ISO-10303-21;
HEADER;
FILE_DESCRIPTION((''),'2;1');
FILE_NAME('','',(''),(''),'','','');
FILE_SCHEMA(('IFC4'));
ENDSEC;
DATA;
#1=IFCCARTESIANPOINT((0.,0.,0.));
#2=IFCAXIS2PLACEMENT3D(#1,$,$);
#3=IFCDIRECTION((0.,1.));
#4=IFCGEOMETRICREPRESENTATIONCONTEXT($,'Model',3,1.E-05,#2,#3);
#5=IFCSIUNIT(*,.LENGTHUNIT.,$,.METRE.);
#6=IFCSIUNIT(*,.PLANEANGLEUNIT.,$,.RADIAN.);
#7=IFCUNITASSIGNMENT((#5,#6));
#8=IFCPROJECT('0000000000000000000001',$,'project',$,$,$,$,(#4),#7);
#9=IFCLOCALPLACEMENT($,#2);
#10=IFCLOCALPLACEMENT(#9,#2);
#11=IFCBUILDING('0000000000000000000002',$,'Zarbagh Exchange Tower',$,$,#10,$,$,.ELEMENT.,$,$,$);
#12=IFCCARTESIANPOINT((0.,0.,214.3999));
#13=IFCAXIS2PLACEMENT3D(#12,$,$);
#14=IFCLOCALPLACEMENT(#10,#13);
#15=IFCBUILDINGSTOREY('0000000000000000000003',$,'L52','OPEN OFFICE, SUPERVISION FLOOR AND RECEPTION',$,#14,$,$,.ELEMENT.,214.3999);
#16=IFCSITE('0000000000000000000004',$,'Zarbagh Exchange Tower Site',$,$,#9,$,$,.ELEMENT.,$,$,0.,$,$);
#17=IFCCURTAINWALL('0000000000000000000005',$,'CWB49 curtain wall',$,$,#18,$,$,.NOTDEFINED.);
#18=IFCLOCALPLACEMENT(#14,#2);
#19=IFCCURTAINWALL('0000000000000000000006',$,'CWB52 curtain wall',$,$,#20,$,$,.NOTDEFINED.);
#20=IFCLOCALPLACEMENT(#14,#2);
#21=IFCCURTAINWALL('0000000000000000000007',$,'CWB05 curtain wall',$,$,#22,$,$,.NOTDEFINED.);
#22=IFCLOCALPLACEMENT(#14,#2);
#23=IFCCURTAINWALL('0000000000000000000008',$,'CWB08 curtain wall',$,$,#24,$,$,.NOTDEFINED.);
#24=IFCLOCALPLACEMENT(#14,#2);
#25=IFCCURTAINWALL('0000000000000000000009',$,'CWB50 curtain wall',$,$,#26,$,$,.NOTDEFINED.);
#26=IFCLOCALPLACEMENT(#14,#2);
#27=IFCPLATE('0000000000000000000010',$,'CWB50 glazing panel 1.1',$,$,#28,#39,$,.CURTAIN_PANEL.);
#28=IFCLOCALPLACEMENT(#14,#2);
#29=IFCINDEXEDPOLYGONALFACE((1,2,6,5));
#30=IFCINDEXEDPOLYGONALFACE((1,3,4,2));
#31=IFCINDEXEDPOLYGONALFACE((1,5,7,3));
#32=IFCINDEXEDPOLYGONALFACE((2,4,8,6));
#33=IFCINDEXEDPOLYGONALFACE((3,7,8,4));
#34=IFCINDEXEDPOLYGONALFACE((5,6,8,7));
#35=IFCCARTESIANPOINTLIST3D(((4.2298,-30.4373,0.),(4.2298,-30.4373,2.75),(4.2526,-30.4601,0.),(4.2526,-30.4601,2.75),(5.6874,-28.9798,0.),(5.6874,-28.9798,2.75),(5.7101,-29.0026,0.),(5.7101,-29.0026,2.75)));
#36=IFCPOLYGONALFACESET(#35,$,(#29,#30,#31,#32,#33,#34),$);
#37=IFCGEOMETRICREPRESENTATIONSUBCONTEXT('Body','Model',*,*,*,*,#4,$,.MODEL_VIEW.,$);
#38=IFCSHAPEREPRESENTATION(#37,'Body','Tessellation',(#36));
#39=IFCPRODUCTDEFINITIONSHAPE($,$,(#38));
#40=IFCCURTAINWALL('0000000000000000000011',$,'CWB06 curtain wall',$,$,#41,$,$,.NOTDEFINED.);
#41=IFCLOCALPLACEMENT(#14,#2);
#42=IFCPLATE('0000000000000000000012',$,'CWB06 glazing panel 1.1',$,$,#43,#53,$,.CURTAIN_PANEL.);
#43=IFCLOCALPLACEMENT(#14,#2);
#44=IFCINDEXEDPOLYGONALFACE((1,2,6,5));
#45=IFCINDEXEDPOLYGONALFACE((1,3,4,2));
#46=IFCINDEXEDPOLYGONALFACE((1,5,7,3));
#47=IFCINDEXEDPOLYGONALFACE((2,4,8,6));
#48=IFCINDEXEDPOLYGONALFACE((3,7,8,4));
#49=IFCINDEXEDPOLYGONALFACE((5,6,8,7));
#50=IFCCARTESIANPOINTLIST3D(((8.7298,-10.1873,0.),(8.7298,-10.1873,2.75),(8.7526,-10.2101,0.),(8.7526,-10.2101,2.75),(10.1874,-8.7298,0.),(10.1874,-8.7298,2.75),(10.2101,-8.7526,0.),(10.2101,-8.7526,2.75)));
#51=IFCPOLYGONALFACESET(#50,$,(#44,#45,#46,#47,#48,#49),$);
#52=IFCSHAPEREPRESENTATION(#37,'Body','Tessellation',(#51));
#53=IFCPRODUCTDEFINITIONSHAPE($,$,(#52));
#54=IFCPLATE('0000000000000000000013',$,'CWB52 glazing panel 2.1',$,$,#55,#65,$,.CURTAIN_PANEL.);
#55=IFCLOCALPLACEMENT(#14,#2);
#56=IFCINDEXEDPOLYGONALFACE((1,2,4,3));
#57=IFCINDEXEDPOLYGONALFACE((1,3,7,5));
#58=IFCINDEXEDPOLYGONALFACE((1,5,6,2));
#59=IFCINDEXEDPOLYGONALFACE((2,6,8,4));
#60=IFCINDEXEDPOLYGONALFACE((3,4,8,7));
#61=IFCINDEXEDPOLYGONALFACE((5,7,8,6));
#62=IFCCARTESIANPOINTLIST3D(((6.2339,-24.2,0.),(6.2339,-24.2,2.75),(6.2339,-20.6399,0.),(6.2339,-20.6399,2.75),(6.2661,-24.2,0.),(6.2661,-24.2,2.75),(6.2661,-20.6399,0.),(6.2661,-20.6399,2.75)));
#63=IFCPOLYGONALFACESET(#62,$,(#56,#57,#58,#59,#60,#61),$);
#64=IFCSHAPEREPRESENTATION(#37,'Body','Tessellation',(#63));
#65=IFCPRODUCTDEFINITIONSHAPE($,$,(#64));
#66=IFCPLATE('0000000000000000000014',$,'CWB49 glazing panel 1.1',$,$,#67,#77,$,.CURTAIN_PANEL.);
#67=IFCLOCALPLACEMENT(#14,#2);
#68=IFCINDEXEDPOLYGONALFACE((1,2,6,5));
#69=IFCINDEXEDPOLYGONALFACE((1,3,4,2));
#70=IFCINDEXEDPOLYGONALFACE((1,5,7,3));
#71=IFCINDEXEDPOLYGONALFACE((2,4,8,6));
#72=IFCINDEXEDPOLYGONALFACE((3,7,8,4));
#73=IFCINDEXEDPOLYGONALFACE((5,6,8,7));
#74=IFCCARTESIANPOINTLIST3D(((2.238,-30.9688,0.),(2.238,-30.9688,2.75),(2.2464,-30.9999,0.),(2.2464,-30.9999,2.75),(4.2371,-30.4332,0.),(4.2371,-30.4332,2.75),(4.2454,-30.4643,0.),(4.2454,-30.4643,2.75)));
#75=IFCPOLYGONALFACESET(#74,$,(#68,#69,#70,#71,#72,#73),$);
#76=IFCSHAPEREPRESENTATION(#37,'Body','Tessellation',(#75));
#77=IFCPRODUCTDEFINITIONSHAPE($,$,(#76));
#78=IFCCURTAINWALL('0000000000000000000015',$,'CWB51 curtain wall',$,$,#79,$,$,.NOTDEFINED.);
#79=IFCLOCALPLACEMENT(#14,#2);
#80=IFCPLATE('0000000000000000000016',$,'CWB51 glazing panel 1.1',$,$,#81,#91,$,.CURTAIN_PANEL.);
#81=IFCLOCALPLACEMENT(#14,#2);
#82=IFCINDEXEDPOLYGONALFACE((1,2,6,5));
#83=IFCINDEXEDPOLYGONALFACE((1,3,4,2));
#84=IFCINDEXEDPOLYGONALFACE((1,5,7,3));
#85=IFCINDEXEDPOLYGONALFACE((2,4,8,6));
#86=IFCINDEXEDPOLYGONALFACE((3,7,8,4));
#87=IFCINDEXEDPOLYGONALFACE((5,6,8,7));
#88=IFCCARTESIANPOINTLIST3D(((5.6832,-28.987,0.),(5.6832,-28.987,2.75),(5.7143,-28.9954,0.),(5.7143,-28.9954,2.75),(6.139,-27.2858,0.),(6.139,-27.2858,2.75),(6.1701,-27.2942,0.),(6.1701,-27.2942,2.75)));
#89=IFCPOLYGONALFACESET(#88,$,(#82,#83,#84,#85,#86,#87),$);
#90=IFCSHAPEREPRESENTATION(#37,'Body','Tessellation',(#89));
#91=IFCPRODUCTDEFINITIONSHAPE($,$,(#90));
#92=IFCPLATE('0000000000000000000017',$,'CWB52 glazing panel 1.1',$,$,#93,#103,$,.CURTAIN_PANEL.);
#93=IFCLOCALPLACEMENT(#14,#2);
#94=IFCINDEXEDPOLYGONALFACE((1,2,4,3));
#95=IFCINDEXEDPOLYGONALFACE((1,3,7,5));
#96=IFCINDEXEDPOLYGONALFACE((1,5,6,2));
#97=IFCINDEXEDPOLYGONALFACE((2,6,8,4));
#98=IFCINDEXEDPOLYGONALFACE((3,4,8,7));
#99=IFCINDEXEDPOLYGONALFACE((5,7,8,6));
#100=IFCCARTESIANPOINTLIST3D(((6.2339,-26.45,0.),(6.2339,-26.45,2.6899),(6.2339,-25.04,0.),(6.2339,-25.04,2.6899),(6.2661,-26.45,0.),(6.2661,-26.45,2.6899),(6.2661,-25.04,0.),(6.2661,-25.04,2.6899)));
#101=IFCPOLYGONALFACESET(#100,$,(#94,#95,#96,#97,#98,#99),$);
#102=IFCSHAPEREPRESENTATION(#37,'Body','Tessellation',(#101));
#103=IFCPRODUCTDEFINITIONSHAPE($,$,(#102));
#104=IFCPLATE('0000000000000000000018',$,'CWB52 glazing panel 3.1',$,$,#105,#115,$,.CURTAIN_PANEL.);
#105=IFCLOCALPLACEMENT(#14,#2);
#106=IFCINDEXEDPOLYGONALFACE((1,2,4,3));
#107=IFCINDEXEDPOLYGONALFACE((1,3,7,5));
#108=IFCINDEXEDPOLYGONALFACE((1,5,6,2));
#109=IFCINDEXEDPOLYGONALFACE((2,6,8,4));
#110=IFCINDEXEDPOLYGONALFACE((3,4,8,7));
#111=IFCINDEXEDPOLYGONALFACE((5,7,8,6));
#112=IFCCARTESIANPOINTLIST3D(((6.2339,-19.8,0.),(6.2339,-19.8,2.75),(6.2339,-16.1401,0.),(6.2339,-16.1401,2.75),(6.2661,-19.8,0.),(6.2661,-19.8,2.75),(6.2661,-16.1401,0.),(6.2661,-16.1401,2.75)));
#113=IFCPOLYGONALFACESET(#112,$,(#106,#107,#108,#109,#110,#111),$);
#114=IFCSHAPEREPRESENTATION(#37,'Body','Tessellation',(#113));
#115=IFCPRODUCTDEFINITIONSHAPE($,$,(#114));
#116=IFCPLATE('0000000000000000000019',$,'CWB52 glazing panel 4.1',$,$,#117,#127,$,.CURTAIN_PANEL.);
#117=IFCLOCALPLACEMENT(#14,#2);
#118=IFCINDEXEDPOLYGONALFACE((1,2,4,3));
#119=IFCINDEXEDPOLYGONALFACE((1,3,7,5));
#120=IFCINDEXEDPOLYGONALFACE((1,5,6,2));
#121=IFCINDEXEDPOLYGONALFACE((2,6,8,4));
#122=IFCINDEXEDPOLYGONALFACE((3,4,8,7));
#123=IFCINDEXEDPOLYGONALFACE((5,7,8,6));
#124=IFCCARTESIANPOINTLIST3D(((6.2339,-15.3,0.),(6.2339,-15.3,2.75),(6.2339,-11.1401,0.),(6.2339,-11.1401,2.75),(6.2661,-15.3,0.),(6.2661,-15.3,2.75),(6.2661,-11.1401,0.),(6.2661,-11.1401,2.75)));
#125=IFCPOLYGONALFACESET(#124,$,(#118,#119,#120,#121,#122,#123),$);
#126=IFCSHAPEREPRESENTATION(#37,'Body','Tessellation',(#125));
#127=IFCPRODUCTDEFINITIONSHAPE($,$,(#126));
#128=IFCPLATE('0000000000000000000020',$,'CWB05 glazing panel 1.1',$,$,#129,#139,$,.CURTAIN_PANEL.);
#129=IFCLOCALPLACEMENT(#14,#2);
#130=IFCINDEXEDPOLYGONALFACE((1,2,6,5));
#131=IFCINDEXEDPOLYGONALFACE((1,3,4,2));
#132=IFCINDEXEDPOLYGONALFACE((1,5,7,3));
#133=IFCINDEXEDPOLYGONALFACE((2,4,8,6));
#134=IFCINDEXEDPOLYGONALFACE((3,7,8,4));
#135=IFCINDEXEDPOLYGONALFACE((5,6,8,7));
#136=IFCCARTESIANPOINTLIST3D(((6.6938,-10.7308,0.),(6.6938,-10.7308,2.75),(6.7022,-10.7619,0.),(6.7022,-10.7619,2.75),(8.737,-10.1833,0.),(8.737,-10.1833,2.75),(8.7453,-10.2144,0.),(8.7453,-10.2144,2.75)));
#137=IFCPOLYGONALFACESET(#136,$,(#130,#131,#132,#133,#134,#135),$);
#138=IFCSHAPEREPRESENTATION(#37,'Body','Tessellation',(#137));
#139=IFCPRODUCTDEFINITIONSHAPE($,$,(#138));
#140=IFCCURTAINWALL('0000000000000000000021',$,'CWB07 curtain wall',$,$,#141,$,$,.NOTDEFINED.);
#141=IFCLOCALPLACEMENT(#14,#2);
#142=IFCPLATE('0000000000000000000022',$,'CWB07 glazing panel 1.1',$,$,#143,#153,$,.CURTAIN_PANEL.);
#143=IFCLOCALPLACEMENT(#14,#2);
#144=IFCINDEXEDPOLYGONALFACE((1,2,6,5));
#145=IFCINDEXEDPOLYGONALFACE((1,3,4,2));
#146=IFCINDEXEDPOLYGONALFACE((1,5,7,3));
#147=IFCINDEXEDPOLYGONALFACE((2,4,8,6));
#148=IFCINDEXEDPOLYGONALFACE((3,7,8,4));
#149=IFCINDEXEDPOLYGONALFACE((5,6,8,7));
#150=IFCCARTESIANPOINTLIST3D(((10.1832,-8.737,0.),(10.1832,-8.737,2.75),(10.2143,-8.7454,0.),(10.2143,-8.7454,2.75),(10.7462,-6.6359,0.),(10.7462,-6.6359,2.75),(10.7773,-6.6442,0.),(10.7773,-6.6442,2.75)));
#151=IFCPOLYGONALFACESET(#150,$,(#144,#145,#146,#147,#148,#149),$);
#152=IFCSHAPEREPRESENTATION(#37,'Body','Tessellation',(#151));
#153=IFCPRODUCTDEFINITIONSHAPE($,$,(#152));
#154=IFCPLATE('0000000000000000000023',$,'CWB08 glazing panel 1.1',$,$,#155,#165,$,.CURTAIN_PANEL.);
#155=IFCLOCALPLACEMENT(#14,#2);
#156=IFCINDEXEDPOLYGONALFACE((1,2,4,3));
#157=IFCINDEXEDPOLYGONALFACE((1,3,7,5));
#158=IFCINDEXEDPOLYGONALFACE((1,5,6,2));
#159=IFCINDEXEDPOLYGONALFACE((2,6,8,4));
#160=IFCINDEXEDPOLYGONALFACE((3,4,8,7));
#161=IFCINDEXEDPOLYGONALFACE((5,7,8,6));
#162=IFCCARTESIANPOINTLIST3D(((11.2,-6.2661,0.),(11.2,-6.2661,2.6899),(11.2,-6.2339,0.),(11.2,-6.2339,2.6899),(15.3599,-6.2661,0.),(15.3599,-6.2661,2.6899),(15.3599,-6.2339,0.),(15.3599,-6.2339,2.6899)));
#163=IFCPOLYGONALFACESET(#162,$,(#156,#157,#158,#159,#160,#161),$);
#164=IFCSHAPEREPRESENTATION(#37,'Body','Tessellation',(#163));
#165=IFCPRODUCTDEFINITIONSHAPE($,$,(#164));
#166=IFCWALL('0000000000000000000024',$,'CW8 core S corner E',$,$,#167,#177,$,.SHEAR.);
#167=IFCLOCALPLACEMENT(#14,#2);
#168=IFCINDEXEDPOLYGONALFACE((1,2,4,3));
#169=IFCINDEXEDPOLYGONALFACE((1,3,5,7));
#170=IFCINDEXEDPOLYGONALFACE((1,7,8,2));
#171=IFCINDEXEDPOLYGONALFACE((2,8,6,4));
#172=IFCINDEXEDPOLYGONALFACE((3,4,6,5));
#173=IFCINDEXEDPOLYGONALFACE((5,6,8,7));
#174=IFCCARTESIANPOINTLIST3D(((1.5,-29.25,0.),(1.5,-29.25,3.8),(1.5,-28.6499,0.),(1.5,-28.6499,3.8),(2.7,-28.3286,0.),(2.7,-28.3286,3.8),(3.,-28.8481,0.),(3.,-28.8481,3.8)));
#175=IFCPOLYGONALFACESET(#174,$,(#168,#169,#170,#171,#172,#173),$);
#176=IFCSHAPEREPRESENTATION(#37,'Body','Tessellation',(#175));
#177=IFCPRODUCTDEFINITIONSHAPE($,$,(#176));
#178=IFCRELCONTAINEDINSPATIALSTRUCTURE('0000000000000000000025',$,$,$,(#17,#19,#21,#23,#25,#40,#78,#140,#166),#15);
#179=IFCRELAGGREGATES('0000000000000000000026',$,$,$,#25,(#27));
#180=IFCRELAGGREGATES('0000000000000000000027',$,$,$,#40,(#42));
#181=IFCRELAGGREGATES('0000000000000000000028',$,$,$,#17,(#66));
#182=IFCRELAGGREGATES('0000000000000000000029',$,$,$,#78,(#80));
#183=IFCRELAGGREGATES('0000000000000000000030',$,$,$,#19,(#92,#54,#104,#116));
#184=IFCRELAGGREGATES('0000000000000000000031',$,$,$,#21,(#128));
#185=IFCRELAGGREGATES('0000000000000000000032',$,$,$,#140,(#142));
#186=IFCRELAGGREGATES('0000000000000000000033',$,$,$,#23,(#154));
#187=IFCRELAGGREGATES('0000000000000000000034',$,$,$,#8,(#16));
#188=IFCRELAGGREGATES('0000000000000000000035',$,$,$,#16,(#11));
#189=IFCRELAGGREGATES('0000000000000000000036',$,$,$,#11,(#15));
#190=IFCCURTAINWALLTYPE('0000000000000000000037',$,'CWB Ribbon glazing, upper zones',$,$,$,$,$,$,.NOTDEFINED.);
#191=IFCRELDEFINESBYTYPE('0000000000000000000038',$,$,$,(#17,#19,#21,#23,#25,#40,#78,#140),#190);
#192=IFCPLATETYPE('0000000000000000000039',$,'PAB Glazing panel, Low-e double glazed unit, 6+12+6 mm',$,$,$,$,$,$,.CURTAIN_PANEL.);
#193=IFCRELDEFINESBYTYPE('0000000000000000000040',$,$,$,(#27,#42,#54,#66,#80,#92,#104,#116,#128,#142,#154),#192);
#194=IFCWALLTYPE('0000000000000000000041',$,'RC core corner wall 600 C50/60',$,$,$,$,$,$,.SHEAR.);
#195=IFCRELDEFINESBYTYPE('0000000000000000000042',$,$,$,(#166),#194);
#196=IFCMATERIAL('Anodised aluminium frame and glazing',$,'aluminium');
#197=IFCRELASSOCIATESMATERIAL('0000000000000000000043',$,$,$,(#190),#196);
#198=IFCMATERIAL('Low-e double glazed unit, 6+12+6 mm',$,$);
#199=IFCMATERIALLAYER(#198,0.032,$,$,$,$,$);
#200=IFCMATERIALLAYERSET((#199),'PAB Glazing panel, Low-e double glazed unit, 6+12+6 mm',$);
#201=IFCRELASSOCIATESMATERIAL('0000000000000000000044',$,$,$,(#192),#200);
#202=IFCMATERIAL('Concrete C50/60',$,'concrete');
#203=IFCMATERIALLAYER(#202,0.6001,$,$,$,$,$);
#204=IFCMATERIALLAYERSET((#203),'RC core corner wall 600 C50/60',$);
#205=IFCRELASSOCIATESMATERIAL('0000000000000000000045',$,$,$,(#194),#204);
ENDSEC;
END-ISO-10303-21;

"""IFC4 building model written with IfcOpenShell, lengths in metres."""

from ifc_helpers import new_model, si_unit, direction, frame, origin, place, context, subcontext, project, spatial, polyline, outline, extrude, source, transform, mapped, material, layer, layer_set, type_object, element, aggregate, save


model = new_model("IFC4")

# Units and contexts
model_context = context("Model", 3, precision=1e-05, world=origin(), true_north=direction((0.0, 1.0)))
body_context = subcontext(model_context, "Body", "Model", "MODEL_VIEW")
ifc_project = project(units=[si_unit("LENGTHUNIT", "METRE"), si_unit("PLANEANGLEUNIT", "RADIAN")], contexts=[model_context])

# Site, building, storey
site_placement = place(None, origin())
site = spatial("IfcSite", under=ifc_project, at=site_placement, Name="Zarbagh Exchange Tower Site", CompositionType="ELEMENT", RefElevation=0.0)
building_placement = place(site_placement, origin())
building = spatial("IfcBuilding", under=site, at=building_placement, Name="Zarbagh Exchange Tower", CompositionType="ELEMENT")
storey_placement = place(building_placement, frame((0.0, 0.0, 214.3999)))
storey = spatial("IfcBuildingStorey", under=building, at=storey_placement, Name="L52", Description="OPEN OFFICE, SUPERVISION FLOOR AND RECEPTION", CompositionType="ELEMENT", Elevation=214.3999)

# Curtain wall
ifc_material_1 = material(Name="Anodised aluminium frame and glazing", Category="aluminium")
curtain_wall_type = type_object("IfcCurtainWallType", Name="CWB Ribbon glazing, upper zones", PredefinedType="NOTDEFINED", material=ifc_material_1)
curtain_wall_1_placement = place(storey_placement, origin())
curtain_wall_1 = element("IfcCurtainWall", 1, at=curtain_wall_1_placement, inside=storey, type_object=curtain_wall_type, Name="CWB49 curtain wall", PredefinedType="NOTDEFINED")
placement = place(storey_placement, origin())

# Curtain wall
curtain_wall_2_placement = place(storey_placement, origin())
curtain_wall_2 = element("IfcCurtainWall", 2, at=curtain_wall_2_placement, inside=storey, type_object=curtain_wall_type, Name="CWB52 curtain wall", PredefinedType="NOTDEFINED")

# Curtain walls
curtain_wall_3_placement = place(storey_placement, origin())
curtain_wall_3 = element("IfcCurtainWall", 3, at=curtain_wall_3_placement, inside=storey, type_object=curtain_wall_type, Name="CWB05 curtain wall", PredefinedType="NOTDEFINED")
curtain_wall_4_placement = place(storey_placement, origin())
curtain_wall_4 = element("IfcCurtainWall", 4, at=curtain_wall_4_placement, inside=storey, type_object=curtain_wall_type, Name="CWB08 curtain wall", PredefinedType="NOTDEFINED")

# Curtain walls, plates
curtain_wall_5_placement = place(storey_placement, origin())
curtain_wall_5 = element("IfcCurtainWall", 5, at=curtain_wall_5_placement, inside=storey, type_object=curtain_wall_type, Name="CWB50 curtain wall", PredefinedType="NOTDEFINED")
ifc_material_2 = material(Name="Low-e double glazed unit, 6+12+6 mm")
ifc_layer_1 = layer(ifc_material_2, 0.032)
ifc_layer_set_1 = layer_set([ifc_layer_1], Name="PAB Glazing panel, Low-e double glazed unit, 6+12+6 mm")
plate_type = type_object("IfcPlateType", Name="PAB Glazing panel, Low-e double glazed unit, 6+12+6 mm", PredefinedType="CURTAIN_PANEL", material=ifc_layer_set_1)
shared_shape_1 = source(origin(), body_context, "Body", "SweptSolid", [
    extrude(outline(polyline([(0.0, -0.0161), (2.0613, -0.0161), (2.0613, 0.0161), (0.0, 0.0161), (0.0, -0.0161)])), origin(), (0.0, 0.0, 1.0), 2.75),
])
plate_1 = element("IfcPlate", 6, at=placement, type_object=plate_type, Name="CWB50 glazing panel 1.1", PredefinedType="CURTAIN_PANEL", context=body_context, shape_type="MappedRepresentation", body=[
    mapped(shared_shape_1, transform((4.2412, -30.4487, 0.0), x_axis=(0.707107, 0.707107, 0.0), y_axis=(-0.707107, 0.707107, 0.0), z_axis=(0.0, 0.0, 1.0))),
])
aggregate(curtain_wall_5, [plate_1])
curtain_wall_6_placement = place(storey_placement, origin())
curtain_wall_6 = element("IfcCurtainWall", 7, at=curtain_wall_6_placement, inside=storey, type_object=curtain_wall_type, Name="CWB06 curtain wall", PredefinedType="NOTDEFINED")
plate_2 = element("IfcPlate", 8, at=placement, type_object=plate_type, Name="CWB06 glazing panel 1.1", PredefinedType="CURTAIN_PANEL", context=body_context, shape_type="MappedRepresentation", body=[
    mapped(shared_shape_1, transform((8.7412, -10.1987, 0.0), x_axis=(0.707107, 0.707107, 0.0), y_axis=(-0.707107, 0.707107, 0.0), z_axis=(0.0, 0.0, 1.0))),
])
aggregate(curtain_wall_6, [plate_2])

# Plates
shared_shape_2 = source(origin(), body_context, "Body", "SweptSolid", [
    extrude(outline(polyline([(0.0, -0.0161), (3.5601, -0.0161), (3.5601, 0.0161), (0.0, 0.0161), (0.0, -0.0161)])), origin(), (0.0, 0.0, 1.0), 2.75),
])
plate_3 = element("IfcPlate", 9, at=placement, type_object=plate_type, Name="CWB52 glazing panel 2.1", PredefinedType="CURTAIN_PANEL", context=body_context, shape_type="MappedRepresentation", body=[
    mapped(shared_shape_2, transform((6.25, -24.2, 0.0), x_axis=(0.0, 1.0, 0.0), y_axis=(-1.0, 0.0, 0.0), z_axis=(0.0, 0.0, 1.0))),
])
shared_shape_3 = source(origin(), body_context, "Body", "SweptSolid", [
    extrude(outline(polyline([(0.0, -0.0161), (2.0696, -0.0161), (2.0696, 0.0161), (0.0, 0.0161), (0.0, -0.0161)])), origin(), (0.0, 0.0, 1.0), 2.75),
])
plate_4 = element("IfcPlate", 10, at=placement, type_object=plate_type, Name="CWB49 glazing panel 1.1", PredefinedType="CURTAIN_PANEL", context=body_context, shape_type="MappedRepresentation", body=[
    mapped(shared_shape_3, transform((2.2422, -30.9844, 0.0), x_axis=(0.965924, 0.258825, 0.0), y_axis=(-0.258825, 0.965924, 0.0), z_axis=(0.0, 0.0, 1.0))),
])
aggregate(curtain_wall_1, [plate_4])

# Curtain wall, plate
curtain_wall_7_placement = place(storey_placement, origin())
curtain_wall_7 = element("IfcCurtainWall", 11, at=curtain_wall_7_placement, inside=storey, type_object=curtain_wall_type, Name="CWB51 curtain wall", PredefinedType="NOTDEFINED")
shared_shape_4 = source(origin(), body_context, "Body", "SweptSolid", [
    extrude(outline(polyline([(0.0, -0.0161), (1.7612, -0.0161), (1.7612, 0.0161), (0.0, 0.0161), (0.0, -0.0161)])), origin(), (0.0, 0.0, 1.0), 2.75),
])
plate_5 = element("IfcPlate", 12, at=placement, type_object=plate_type, Name="CWB51 glazing panel 1.1", PredefinedType="CURTAIN_PANEL", context=body_context, shape_type="MappedRepresentation", body=[
    mapped(shared_shape_4, transform((5.6987, -28.9912, 0.0), x_axis=(0.258825, 0.965924, 0.0), y_axis=(-0.965924, 0.258825, 0.0), z_axis=(0.0, 0.0, 1.0))),
])
aggregate(curtain_wall_7, [plate_5])

# Plates
shared_shape_5 = source(origin(), body_context, "Body", "SweptSolid", [
    extrude(outline(polyline([(0.0, -0.0161), (1.4099, -0.0161), (1.4099, 0.0161), (0.0, 0.0161), (0.0, -0.0161)])), origin(), (0.0, 0.0, 1.0), 2.6899),
])
plate_6 = element("IfcPlate", 13, at=placement, type_object=plate_type, Name="CWB52 glazing panel 1.1", PredefinedType="CURTAIN_PANEL", context=body_context, shape_type="MappedRepresentation", body=[
    mapped(shared_shape_5, transform((6.25, -26.45, 0.0), x_axis=(0.0, 1.0, 0.0), y_axis=(-1.0, 0.0, 0.0), z_axis=(0.0, 0.0, 1.0))),
])
shared_shape_6 = source(origin(), body_context, "Body", "SweptSolid", [
    extrude(outline(polyline([(0.0, -0.0161), (3.6599, -0.0161), (3.6599, 0.0161), (0.0, 0.0161), (0.0, -0.0161)])), origin(), (0.0, 0.0, 1.0), 2.75),
])
plate_7 = element("IfcPlate", 14, at=placement, type_object=plate_type, Name="CWB52 glazing panel 3.1", PredefinedType="CURTAIN_PANEL", context=body_context, shape_type="MappedRepresentation", body=[
    mapped(shared_shape_6, transform((6.25, -19.8, 0.0), x_axis=(0.0, 1.0, 0.0), y_axis=(-1.0, 0.0, 0.0), z_axis=(0.0, 0.0, 1.0))),
])
shared_shape_7 = source(origin(), body_context, "Body", "SweptSolid", [
    extrude(outline(polyline([(0.0, -0.0161), (4.1599, -0.0161), (4.1599, 0.0161), (0.0, 0.0161), (0.0, -0.0161)])), origin(), (0.0, 0.0, 1.0), 2.75),
])
plate_8 = element("IfcPlate", 15, at=placement, type_object=plate_type, Name="CWB52 glazing panel 4.1", PredefinedType="CURTAIN_PANEL", context=body_context, shape_type="MappedRepresentation", body=[
    mapped(shared_shape_7, transform((6.25, -15.3, 0.0), x_axis=(0.0, 1.0, 0.0), y_axis=(-1.0, 0.0, 0.0), z_axis=(0.0, 0.0, 1.0))),
])
aggregate(curtain_wall_2, [plate_6, plate_3, plate_7, plate_8])
shared_shape_8 = source(origin(), body_context, "Body", "SweptSolid", [
    extrude(outline(polyline([(0.0, -0.0161), (2.1152, -0.0161), (2.1152, 0.0161), (0.0, 0.0161), (0.0, -0.0161)])), origin(), (0.0, 0.0, 1.0), 2.75),
])
plate_9 = element("IfcPlate", 16, at=placement, type_object=plate_type, Name="CWB05 glazing panel 1.1", PredefinedType="CURTAIN_PANEL", context=body_context, shape_type="MappedRepresentation", body=[
    mapped(shared_shape_8, transform((6.698, -10.7463, 0.0), x_axis=(0.965924, 0.258825, 0.0), y_axis=(-0.258825, 0.965924, 0.0), z_axis=(0.0, 0.0, 1.0))),
])
aggregate(curtain_wall_3, [plate_9])

# Curtain wall, plate
curtain_wall_8_placement = place(storey_placement, origin())
curtain_wall_8 = element("IfcCurtainWall", 17, at=curtain_wall_8_placement, inside=storey, type_object=curtain_wall_type, Name="CWB07 curtain wall", PredefinedType="NOTDEFINED")
shared_shape_9 = source(origin(), body_context, "Body", "SweptSolid", [
    extrude(outline(polyline([(0.0, -0.0161), (2.1753, -0.0161), (2.1753, 0.0161), (0.0, 0.0161), (0.0, -0.0161)])), origin(), (0.0, 0.0, 1.0), 2.75),
])
plate_10 = element("IfcPlate", 18, at=placement, type_object=plate_type, Name="CWB07 glazing panel 1.1", PredefinedType="CURTAIN_PANEL", context=body_context, shape_type="MappedRepresentation", body=[
    mapped(shared_shape_9, transform((10.1987, -8.7412, 0.0), x_axis=(0.258825, 0.965924, 0.0), y_axis=(-0.965924, 0.258825, 0.0), z_axis=(0.0, 0.0, 1.0))),
])
aggregate(curtain_wall_8, [plate_10])

# Plate
shared_shape_10 = source(origin(), body_context, "Body", "SweptSolid", [
    extrude(outline(polyline([(0.0, -0.0161), (4.1599, -0.0161), (4.1599, 0.0161), (0.0, 0.0161), (0.0, -0.0161)])), origin(), (0.0, 0.0, 1.0), 2.6899),
])
plate_11 = element("IfcPlate", 19, at=placement, type_object=plate_type, Name="CWB08 glazing panel 1.1", PredefinedType="CURTAIN_PANEL", context=body_context, shape_type="MappedRepresentation", body=[
    mapped(shared_shape_10, transform((11.2, -6.25, 0.0), x_axis=(1.0, 0.0, 0.0), y_axis=(0.0, 1.0, 0.0), z_axis=(0.0, 0.0, 1.0))),
])
aggregate(curtain_wall_4, [plate_11])

# Wall
ifc_material_3 = material(Name="Concrete C50/60", Category="concrete")
ifc_layer_2 = layer(ifc_material_3, 0.6001)
ifc_layer_set_2 = layer_set([ifc_layer_2], Name="RC core corner wall 600 C50/60")
wall_type = type_object("IfcWallType", Name="RC core corner wall 600 C50/60", PredefinedType="SHEAR", material=ifc_layer_set_2)
wall_placement = place(storey_placement, origin())
element("IfcWall", 20, at=wall_placement, inside=storey, type_object=wall_type, Name="CW8 core S corner E", PredefinedType="SHEAR", context=body_context, shape_type="SweptSolid", body=[
    extrude(outline(polyline([(3.0, -28.8481), (1.5, -29.25), (1.5, -28.6499), (2.7, -28.3286), (3.0, -28.8481)])), origin(), (0.0, 0.0, 1.0), 3.8),
])

save(model, "model.ifc")
